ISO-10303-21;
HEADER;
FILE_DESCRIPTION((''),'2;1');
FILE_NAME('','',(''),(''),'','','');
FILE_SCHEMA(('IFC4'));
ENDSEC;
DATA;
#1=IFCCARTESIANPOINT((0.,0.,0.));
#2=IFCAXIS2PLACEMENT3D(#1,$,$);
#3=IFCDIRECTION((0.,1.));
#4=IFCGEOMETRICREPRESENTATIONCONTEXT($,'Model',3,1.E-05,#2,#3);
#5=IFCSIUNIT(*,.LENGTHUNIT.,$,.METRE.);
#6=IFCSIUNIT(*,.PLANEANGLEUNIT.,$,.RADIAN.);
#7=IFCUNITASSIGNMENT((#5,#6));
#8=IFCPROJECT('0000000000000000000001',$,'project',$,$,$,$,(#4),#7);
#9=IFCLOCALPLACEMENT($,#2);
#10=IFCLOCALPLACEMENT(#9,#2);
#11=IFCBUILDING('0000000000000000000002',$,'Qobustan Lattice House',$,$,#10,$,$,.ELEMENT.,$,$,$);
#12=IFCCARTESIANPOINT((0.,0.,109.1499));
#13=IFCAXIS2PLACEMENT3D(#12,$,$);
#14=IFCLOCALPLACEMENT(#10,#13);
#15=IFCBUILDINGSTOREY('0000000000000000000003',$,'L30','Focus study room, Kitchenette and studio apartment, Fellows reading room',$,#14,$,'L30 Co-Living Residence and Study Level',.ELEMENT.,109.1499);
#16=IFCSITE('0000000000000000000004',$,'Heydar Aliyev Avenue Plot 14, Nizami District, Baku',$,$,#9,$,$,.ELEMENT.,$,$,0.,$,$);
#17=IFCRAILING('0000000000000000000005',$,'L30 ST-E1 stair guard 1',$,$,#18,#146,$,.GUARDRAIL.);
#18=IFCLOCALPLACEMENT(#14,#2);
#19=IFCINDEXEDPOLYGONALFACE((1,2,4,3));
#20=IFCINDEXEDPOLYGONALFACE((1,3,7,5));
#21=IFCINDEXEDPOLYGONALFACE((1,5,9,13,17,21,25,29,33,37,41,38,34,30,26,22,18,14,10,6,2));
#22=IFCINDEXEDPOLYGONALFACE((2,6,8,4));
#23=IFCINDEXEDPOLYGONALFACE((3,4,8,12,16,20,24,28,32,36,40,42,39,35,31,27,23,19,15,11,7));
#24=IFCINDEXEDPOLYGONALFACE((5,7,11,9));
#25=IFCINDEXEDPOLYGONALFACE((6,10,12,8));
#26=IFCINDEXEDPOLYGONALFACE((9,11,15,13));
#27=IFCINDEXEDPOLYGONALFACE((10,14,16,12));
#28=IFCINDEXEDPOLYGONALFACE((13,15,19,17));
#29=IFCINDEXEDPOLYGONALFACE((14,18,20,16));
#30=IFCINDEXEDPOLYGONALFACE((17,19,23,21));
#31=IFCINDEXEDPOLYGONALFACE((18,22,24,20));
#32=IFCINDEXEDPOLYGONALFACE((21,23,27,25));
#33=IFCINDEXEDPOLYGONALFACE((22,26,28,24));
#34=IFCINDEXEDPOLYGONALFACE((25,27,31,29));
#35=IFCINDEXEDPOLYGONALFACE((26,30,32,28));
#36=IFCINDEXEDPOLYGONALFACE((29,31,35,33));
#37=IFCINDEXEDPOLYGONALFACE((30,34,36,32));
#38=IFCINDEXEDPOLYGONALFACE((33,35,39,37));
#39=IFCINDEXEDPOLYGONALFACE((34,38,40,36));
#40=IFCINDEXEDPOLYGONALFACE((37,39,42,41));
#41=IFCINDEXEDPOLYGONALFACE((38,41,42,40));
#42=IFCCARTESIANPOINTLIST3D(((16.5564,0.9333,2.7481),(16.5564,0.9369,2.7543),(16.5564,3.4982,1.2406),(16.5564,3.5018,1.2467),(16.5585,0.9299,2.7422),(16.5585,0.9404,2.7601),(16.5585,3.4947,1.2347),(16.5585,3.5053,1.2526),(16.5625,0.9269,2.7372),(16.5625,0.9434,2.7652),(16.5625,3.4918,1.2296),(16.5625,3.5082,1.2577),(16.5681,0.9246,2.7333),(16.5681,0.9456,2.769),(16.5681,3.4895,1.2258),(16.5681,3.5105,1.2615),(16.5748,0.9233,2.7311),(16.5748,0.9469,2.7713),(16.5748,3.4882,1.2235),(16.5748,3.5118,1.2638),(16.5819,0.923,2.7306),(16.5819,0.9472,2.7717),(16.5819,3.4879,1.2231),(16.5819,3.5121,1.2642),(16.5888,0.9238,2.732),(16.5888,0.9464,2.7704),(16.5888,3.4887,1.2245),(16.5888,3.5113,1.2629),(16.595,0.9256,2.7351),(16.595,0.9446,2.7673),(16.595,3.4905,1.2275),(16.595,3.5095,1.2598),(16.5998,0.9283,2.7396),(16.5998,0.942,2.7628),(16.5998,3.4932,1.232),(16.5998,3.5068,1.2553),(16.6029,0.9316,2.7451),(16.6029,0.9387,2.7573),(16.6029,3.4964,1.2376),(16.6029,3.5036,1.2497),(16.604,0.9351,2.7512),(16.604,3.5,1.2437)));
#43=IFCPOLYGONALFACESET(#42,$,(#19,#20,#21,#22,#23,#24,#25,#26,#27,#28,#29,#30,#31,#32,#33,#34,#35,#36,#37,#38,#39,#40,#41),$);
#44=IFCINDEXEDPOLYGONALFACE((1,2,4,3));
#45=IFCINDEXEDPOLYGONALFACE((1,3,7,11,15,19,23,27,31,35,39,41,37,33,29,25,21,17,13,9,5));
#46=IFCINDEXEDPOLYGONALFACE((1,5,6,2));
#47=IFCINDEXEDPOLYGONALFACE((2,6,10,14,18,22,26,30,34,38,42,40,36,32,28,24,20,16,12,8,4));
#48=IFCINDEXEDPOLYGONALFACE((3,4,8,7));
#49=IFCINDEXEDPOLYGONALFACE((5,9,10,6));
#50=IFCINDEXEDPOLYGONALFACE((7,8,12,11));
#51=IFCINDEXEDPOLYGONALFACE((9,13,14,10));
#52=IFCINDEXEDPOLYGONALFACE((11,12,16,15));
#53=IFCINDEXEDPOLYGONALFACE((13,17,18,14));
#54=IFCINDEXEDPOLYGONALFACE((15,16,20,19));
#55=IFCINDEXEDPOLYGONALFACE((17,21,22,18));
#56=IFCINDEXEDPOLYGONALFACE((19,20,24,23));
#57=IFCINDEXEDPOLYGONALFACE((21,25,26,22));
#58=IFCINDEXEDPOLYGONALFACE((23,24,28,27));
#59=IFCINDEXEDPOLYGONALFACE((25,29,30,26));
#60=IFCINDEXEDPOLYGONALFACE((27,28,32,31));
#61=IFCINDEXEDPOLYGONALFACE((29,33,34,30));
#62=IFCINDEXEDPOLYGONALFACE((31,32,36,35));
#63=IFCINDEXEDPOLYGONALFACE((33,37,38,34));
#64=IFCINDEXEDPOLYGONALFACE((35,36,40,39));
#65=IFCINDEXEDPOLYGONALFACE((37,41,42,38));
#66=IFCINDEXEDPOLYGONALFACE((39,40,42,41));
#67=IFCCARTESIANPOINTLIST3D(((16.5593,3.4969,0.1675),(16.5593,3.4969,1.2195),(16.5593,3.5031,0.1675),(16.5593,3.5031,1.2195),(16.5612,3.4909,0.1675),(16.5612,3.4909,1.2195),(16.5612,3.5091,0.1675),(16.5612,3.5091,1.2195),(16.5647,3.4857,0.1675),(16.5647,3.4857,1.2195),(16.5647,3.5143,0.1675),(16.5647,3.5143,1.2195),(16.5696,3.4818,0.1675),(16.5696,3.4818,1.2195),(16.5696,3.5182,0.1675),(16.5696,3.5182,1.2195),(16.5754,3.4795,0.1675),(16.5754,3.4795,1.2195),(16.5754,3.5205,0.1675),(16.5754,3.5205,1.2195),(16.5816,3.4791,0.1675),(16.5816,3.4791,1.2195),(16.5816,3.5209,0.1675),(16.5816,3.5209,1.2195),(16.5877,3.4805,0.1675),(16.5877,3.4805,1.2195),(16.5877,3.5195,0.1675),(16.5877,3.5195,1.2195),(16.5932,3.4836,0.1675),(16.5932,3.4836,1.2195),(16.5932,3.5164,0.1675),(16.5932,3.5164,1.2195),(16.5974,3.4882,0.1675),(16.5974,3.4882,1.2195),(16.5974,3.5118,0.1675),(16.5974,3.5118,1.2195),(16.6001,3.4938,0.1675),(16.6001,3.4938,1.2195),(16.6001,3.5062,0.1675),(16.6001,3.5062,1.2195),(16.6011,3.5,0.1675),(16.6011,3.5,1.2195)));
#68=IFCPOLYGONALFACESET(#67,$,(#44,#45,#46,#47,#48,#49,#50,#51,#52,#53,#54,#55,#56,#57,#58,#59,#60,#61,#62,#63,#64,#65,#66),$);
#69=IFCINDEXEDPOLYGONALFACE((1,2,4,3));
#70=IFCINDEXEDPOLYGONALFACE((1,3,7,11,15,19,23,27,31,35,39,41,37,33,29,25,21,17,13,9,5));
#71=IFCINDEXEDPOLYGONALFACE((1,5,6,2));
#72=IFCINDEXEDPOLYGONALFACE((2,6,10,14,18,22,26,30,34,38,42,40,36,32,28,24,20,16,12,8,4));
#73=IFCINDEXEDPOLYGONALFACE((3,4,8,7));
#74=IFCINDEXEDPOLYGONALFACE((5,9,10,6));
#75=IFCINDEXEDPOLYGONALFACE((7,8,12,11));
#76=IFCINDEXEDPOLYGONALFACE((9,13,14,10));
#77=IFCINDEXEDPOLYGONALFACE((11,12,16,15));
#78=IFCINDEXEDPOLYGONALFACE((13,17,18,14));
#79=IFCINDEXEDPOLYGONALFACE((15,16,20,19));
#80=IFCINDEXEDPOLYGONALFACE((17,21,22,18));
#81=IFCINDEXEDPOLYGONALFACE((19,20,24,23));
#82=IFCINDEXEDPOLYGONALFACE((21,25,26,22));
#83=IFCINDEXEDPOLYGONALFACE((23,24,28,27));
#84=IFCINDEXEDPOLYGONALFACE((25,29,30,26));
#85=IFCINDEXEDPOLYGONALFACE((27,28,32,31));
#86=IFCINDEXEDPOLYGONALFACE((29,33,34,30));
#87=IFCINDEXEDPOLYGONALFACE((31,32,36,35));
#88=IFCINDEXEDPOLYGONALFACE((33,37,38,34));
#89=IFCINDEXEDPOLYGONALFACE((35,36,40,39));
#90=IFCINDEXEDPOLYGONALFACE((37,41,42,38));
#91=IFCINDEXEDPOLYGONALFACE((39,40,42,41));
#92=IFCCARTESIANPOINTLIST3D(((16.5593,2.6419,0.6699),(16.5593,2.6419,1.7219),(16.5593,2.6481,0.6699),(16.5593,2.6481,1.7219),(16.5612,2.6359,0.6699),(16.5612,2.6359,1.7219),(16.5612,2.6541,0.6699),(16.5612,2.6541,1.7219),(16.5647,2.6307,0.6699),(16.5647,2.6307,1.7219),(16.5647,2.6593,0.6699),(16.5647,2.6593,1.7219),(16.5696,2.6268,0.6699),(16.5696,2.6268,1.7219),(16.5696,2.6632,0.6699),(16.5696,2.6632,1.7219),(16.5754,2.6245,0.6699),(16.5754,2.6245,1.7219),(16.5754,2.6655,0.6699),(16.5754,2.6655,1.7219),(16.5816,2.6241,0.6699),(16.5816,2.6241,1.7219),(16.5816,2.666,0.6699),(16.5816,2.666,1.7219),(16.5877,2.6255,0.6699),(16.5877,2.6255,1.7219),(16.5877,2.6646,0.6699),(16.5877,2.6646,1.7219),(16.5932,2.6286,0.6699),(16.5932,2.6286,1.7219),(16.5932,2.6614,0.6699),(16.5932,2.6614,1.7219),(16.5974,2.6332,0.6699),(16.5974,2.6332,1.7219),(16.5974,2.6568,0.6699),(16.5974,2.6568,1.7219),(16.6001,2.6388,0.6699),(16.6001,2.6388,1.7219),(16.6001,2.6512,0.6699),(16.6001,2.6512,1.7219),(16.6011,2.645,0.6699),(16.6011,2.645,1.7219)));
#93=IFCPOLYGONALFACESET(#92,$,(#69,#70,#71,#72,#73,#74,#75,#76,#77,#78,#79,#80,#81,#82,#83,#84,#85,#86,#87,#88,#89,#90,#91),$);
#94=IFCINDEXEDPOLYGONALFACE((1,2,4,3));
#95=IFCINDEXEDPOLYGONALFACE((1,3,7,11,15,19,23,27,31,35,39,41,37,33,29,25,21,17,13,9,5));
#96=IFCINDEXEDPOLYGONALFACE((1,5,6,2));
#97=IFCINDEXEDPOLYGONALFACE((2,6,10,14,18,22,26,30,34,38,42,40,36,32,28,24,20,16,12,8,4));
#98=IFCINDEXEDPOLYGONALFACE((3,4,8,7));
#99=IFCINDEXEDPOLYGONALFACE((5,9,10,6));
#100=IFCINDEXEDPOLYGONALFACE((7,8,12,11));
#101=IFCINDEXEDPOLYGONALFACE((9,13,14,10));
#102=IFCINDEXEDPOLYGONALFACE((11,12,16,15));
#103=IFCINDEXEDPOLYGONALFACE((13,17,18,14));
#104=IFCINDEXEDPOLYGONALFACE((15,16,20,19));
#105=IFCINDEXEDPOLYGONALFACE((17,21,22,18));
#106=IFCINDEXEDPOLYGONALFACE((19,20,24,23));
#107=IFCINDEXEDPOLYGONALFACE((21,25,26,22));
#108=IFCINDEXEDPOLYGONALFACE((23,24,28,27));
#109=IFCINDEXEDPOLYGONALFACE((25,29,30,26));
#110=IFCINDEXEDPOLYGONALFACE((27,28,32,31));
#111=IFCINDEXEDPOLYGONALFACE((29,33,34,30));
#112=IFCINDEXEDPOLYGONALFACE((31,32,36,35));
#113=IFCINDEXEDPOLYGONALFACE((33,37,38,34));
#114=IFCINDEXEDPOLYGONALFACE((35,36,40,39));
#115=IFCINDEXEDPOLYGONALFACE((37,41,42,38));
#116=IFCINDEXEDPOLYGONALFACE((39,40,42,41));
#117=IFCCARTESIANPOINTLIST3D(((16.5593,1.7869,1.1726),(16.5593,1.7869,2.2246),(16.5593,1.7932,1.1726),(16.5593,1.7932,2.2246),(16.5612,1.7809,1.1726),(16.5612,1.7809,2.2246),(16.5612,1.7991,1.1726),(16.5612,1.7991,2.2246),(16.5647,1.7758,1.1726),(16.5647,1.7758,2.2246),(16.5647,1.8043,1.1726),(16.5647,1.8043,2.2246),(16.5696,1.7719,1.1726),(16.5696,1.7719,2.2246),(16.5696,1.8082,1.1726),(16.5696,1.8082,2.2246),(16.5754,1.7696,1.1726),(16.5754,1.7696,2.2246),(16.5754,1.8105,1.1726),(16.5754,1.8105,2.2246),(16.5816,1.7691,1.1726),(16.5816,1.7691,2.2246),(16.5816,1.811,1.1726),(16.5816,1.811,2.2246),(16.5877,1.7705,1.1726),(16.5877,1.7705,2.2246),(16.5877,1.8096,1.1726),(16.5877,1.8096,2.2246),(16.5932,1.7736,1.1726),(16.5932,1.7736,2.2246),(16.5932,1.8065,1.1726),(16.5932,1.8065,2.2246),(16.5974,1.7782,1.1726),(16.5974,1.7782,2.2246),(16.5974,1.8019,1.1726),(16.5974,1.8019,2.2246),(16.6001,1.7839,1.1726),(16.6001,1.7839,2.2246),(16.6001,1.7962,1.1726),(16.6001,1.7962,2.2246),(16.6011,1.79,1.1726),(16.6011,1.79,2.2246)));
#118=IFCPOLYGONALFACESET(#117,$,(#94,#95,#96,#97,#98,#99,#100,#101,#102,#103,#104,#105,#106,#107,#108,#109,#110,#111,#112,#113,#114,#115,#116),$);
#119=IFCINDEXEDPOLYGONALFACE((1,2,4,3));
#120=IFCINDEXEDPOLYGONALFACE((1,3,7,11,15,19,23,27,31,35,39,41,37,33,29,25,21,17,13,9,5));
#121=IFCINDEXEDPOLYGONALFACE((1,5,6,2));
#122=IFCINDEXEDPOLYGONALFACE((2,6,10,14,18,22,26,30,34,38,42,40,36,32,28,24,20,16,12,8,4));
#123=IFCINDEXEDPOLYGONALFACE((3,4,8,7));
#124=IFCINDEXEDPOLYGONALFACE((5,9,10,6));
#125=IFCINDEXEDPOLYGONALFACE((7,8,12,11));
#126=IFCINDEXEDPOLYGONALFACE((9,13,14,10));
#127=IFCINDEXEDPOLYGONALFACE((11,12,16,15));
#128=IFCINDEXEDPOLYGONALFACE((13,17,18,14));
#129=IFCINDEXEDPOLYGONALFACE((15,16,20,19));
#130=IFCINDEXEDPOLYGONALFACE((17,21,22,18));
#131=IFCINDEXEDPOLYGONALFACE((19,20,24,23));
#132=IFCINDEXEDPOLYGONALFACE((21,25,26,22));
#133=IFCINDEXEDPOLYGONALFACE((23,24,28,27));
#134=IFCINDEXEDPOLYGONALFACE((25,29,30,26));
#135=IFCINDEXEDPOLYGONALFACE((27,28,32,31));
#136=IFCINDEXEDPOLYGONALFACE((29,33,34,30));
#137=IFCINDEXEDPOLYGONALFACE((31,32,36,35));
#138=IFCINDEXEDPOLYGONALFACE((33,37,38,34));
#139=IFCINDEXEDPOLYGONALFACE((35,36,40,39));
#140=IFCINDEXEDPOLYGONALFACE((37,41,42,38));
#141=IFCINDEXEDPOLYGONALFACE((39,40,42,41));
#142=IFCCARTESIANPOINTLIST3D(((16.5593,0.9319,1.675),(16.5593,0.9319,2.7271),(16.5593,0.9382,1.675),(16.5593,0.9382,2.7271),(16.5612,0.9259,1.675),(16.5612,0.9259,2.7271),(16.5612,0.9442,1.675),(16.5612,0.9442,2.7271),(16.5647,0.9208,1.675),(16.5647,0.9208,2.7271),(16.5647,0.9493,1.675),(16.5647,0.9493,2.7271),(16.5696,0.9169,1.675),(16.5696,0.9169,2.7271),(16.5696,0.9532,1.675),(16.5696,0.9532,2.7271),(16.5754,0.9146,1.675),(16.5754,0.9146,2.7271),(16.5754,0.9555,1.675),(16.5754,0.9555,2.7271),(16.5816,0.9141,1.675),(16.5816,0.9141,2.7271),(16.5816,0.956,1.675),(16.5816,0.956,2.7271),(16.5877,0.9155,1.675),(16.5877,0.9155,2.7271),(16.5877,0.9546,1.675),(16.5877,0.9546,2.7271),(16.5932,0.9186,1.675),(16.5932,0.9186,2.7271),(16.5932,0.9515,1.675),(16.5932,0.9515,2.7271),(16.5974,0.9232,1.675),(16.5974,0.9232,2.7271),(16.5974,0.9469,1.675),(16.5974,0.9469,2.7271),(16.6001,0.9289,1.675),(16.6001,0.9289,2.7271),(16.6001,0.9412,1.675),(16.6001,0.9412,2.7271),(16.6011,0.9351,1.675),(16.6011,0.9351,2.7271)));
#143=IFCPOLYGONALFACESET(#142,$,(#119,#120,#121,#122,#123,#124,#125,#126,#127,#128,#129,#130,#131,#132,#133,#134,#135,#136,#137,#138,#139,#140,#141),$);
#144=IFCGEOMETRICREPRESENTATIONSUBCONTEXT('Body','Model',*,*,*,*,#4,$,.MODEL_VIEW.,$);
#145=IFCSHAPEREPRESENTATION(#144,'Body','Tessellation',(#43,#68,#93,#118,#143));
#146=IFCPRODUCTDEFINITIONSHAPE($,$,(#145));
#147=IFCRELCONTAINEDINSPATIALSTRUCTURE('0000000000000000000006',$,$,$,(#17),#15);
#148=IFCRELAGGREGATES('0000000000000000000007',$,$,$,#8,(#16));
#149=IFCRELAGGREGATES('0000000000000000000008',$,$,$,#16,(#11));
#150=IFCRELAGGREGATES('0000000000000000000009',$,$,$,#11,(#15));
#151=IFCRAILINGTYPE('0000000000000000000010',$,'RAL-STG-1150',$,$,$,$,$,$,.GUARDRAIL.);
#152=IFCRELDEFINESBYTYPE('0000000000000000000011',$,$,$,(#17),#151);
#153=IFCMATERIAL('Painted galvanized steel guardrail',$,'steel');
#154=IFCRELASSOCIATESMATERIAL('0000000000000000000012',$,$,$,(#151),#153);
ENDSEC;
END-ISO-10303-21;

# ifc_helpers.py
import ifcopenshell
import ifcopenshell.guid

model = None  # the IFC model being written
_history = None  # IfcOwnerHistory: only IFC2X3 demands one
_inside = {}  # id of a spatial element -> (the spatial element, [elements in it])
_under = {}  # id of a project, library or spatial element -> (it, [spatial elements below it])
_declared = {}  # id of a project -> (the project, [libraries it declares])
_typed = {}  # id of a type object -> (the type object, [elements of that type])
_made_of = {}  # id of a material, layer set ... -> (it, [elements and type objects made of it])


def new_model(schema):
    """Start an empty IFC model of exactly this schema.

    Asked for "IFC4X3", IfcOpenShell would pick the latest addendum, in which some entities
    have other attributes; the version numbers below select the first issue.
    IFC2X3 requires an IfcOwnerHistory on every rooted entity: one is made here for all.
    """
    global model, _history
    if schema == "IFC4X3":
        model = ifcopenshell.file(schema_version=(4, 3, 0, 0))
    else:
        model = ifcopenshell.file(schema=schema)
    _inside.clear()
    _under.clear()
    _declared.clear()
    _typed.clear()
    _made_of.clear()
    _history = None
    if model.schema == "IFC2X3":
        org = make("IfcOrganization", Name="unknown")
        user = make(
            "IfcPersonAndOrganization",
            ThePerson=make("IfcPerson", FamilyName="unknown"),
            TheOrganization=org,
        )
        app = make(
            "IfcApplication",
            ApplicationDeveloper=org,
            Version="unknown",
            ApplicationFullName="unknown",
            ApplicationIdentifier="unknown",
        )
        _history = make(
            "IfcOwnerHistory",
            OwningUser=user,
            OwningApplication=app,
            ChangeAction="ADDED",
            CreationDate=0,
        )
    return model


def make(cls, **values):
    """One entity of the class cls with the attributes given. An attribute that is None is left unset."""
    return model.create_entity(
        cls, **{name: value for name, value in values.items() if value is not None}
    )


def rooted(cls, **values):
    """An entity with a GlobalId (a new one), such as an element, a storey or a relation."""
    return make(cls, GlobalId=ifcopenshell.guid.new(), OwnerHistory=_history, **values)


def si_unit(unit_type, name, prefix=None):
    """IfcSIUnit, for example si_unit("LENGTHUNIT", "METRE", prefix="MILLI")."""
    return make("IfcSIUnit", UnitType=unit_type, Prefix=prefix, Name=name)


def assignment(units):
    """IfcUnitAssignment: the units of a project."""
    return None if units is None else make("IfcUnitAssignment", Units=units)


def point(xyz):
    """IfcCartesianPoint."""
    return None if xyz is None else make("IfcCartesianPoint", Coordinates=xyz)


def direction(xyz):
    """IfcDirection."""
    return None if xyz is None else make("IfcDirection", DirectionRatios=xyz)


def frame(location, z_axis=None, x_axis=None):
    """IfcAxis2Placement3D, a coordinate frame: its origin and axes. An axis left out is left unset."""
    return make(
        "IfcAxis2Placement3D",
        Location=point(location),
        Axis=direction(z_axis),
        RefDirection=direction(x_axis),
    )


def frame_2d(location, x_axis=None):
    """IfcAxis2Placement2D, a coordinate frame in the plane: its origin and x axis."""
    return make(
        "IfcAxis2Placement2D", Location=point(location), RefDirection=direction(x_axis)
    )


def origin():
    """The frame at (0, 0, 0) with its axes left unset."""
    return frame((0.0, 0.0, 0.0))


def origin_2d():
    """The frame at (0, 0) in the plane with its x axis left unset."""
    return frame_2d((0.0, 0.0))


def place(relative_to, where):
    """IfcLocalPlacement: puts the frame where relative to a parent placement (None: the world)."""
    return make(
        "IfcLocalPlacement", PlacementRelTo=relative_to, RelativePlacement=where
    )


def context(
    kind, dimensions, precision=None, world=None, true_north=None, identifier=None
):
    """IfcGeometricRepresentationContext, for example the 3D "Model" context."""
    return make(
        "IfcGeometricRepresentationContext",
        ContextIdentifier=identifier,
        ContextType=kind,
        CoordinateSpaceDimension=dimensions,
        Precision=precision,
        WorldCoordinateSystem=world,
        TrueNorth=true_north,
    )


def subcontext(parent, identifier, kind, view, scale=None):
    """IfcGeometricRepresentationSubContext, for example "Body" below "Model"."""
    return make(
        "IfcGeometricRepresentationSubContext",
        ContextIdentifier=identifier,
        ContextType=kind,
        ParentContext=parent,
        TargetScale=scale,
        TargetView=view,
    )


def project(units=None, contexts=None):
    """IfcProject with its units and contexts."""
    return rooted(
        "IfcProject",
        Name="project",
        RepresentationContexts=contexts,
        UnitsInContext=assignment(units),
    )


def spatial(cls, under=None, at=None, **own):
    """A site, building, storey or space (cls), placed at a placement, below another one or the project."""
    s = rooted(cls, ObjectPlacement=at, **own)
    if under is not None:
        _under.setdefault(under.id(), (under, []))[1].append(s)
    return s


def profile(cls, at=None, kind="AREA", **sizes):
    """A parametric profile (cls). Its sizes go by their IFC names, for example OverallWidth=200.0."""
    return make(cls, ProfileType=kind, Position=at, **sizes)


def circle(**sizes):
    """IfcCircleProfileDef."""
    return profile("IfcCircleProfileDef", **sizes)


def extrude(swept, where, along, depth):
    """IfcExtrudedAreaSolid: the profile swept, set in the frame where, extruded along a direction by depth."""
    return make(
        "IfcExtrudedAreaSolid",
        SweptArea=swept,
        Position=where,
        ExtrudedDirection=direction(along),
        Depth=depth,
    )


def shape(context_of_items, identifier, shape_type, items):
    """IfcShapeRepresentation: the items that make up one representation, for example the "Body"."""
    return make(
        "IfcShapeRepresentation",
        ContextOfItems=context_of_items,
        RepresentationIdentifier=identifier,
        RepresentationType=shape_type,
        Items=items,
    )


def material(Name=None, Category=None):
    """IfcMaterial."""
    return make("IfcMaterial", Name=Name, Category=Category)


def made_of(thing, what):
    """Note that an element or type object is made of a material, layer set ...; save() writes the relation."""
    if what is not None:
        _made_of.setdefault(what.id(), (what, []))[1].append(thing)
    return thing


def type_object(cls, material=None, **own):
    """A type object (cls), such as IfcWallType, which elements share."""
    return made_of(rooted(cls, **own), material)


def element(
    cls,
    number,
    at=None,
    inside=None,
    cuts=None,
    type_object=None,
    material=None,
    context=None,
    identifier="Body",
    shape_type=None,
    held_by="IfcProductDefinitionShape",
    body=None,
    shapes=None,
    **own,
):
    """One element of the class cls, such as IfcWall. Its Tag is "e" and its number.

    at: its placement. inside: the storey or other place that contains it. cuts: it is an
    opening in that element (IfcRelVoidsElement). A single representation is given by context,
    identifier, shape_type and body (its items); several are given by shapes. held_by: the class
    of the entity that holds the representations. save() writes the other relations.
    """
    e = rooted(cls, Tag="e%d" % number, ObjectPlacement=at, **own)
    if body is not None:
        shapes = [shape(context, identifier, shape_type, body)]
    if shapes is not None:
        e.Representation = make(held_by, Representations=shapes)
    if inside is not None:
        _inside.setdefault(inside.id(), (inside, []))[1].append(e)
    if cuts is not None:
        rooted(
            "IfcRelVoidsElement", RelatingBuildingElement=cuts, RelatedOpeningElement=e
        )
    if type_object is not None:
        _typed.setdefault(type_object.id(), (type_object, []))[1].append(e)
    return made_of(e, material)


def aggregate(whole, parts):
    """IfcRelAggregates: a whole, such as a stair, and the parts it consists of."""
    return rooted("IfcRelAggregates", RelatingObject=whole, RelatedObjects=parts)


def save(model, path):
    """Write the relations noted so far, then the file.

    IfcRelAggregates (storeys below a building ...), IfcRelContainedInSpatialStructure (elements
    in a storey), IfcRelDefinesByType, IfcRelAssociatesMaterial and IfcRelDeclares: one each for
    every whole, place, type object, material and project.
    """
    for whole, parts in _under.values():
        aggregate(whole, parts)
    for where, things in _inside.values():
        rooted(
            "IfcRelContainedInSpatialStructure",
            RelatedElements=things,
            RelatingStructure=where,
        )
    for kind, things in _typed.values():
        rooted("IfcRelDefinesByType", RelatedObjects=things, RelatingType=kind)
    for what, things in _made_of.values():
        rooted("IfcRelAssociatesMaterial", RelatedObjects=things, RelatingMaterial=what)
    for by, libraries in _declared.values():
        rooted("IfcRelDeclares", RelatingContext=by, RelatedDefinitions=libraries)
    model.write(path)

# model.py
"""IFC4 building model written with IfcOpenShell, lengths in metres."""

from ifc_helpers import new_model, si_unit, direction, frame, origin, origin_2d, place, context, subcontext, project, spatial, circle, extrude, material, type_object, element, save


model = new_model("IFC4")

# Units and contexts
model_context = context("Model", 3, precision=1e-05, world=origin(), true_north=direction((0.0, 1.0)))
body_context = subcontext(model_context, "Body", "Model", "MODEL_VIEW")
ifc_project = project(units=[si_unit("LENGTHUNIT", "METRE"), si_unit("PLANEANGLEUNIT", "RADIAN")], contexts=[model_context])

# Site, building, storey
site_placement = place(None, origin())
site = spatial("IfcSite", under=ifc_project, at=site_placement, Name="Heydar Aliyev Avenue Plot 14, Nizami District, Baku", CompositionType="ELEMENT", RefElevation=0.0)
building_placement = place(site_placement, origin())
building = spatial("IfcBuilding", under=site, at=building_placement, Name="Qobustan Lattice House", CompositionType="ELEMENT")
storey_placement = place(building_placement, frame((0.0, 0.0, 109.1499)))
storey = spatial("IfcBuildingStorey", under=building, at=storey_placement, Name="L30", Description="Focus study room, Kitchenette and studio apartment, Fellows reading room", LongName="L30 Co-Living Residence and Study Level", CompositionType="ELEMENT", Elevation=109.1499)

# Railing
ifc_material_1 = material(Name="Painted galvanized steel guardrail", Category="steel")
railing_type_1 = type_object("IfcRailingType", Name="RAL-STG-1150", PredefinedType="GUARDRAIL", material=ifc_material_1)
railing_1_placement = place(storey_placement, frame((16.5801, 3.5, 0.1675)))
element("IfcRailing", 1, at=railing_1_placement, inside=storey, type_object=railing_type_1, Name="L30 ST-E1 stair guard 1", PredefinedType="GUARDRAIL", context=body_context, shape_type="SweptSolid", body=[
    extrude(circle(Radius=0.0239, at=origin_2d()), frame((0.0, 0.0, 1.0762), z_axis=(0.0, -0.862113, 0.506715), x_axis=(1.0, 0.0, 0.0)), (0.0, 0.0, 1.0), 2.9751),
    extrude(circle(Radius=0.021, at=origin_2d()), origin(), (0.0, 0.0, 1.0), 1.052),
    extrude(circle(Radius=0.021, at=origin_2d()), frame((0.0, -0.855, 0.5024)), (0.0, 0.0, 1.0), 1.052),
    extrude(circle(Radius=0.021, at=origin_2d()), frame((0.0, -1.71, 1.0051)), (0.0, 0.0, 1.0), 1.052),
    extrude(circle(Radius=0.021, at=origin_2d()), frame((0.0, -2.5649, 1.5076)), (0.0, 0.0, 1.0), 1.052),
])

save(model, "model.ifc")
